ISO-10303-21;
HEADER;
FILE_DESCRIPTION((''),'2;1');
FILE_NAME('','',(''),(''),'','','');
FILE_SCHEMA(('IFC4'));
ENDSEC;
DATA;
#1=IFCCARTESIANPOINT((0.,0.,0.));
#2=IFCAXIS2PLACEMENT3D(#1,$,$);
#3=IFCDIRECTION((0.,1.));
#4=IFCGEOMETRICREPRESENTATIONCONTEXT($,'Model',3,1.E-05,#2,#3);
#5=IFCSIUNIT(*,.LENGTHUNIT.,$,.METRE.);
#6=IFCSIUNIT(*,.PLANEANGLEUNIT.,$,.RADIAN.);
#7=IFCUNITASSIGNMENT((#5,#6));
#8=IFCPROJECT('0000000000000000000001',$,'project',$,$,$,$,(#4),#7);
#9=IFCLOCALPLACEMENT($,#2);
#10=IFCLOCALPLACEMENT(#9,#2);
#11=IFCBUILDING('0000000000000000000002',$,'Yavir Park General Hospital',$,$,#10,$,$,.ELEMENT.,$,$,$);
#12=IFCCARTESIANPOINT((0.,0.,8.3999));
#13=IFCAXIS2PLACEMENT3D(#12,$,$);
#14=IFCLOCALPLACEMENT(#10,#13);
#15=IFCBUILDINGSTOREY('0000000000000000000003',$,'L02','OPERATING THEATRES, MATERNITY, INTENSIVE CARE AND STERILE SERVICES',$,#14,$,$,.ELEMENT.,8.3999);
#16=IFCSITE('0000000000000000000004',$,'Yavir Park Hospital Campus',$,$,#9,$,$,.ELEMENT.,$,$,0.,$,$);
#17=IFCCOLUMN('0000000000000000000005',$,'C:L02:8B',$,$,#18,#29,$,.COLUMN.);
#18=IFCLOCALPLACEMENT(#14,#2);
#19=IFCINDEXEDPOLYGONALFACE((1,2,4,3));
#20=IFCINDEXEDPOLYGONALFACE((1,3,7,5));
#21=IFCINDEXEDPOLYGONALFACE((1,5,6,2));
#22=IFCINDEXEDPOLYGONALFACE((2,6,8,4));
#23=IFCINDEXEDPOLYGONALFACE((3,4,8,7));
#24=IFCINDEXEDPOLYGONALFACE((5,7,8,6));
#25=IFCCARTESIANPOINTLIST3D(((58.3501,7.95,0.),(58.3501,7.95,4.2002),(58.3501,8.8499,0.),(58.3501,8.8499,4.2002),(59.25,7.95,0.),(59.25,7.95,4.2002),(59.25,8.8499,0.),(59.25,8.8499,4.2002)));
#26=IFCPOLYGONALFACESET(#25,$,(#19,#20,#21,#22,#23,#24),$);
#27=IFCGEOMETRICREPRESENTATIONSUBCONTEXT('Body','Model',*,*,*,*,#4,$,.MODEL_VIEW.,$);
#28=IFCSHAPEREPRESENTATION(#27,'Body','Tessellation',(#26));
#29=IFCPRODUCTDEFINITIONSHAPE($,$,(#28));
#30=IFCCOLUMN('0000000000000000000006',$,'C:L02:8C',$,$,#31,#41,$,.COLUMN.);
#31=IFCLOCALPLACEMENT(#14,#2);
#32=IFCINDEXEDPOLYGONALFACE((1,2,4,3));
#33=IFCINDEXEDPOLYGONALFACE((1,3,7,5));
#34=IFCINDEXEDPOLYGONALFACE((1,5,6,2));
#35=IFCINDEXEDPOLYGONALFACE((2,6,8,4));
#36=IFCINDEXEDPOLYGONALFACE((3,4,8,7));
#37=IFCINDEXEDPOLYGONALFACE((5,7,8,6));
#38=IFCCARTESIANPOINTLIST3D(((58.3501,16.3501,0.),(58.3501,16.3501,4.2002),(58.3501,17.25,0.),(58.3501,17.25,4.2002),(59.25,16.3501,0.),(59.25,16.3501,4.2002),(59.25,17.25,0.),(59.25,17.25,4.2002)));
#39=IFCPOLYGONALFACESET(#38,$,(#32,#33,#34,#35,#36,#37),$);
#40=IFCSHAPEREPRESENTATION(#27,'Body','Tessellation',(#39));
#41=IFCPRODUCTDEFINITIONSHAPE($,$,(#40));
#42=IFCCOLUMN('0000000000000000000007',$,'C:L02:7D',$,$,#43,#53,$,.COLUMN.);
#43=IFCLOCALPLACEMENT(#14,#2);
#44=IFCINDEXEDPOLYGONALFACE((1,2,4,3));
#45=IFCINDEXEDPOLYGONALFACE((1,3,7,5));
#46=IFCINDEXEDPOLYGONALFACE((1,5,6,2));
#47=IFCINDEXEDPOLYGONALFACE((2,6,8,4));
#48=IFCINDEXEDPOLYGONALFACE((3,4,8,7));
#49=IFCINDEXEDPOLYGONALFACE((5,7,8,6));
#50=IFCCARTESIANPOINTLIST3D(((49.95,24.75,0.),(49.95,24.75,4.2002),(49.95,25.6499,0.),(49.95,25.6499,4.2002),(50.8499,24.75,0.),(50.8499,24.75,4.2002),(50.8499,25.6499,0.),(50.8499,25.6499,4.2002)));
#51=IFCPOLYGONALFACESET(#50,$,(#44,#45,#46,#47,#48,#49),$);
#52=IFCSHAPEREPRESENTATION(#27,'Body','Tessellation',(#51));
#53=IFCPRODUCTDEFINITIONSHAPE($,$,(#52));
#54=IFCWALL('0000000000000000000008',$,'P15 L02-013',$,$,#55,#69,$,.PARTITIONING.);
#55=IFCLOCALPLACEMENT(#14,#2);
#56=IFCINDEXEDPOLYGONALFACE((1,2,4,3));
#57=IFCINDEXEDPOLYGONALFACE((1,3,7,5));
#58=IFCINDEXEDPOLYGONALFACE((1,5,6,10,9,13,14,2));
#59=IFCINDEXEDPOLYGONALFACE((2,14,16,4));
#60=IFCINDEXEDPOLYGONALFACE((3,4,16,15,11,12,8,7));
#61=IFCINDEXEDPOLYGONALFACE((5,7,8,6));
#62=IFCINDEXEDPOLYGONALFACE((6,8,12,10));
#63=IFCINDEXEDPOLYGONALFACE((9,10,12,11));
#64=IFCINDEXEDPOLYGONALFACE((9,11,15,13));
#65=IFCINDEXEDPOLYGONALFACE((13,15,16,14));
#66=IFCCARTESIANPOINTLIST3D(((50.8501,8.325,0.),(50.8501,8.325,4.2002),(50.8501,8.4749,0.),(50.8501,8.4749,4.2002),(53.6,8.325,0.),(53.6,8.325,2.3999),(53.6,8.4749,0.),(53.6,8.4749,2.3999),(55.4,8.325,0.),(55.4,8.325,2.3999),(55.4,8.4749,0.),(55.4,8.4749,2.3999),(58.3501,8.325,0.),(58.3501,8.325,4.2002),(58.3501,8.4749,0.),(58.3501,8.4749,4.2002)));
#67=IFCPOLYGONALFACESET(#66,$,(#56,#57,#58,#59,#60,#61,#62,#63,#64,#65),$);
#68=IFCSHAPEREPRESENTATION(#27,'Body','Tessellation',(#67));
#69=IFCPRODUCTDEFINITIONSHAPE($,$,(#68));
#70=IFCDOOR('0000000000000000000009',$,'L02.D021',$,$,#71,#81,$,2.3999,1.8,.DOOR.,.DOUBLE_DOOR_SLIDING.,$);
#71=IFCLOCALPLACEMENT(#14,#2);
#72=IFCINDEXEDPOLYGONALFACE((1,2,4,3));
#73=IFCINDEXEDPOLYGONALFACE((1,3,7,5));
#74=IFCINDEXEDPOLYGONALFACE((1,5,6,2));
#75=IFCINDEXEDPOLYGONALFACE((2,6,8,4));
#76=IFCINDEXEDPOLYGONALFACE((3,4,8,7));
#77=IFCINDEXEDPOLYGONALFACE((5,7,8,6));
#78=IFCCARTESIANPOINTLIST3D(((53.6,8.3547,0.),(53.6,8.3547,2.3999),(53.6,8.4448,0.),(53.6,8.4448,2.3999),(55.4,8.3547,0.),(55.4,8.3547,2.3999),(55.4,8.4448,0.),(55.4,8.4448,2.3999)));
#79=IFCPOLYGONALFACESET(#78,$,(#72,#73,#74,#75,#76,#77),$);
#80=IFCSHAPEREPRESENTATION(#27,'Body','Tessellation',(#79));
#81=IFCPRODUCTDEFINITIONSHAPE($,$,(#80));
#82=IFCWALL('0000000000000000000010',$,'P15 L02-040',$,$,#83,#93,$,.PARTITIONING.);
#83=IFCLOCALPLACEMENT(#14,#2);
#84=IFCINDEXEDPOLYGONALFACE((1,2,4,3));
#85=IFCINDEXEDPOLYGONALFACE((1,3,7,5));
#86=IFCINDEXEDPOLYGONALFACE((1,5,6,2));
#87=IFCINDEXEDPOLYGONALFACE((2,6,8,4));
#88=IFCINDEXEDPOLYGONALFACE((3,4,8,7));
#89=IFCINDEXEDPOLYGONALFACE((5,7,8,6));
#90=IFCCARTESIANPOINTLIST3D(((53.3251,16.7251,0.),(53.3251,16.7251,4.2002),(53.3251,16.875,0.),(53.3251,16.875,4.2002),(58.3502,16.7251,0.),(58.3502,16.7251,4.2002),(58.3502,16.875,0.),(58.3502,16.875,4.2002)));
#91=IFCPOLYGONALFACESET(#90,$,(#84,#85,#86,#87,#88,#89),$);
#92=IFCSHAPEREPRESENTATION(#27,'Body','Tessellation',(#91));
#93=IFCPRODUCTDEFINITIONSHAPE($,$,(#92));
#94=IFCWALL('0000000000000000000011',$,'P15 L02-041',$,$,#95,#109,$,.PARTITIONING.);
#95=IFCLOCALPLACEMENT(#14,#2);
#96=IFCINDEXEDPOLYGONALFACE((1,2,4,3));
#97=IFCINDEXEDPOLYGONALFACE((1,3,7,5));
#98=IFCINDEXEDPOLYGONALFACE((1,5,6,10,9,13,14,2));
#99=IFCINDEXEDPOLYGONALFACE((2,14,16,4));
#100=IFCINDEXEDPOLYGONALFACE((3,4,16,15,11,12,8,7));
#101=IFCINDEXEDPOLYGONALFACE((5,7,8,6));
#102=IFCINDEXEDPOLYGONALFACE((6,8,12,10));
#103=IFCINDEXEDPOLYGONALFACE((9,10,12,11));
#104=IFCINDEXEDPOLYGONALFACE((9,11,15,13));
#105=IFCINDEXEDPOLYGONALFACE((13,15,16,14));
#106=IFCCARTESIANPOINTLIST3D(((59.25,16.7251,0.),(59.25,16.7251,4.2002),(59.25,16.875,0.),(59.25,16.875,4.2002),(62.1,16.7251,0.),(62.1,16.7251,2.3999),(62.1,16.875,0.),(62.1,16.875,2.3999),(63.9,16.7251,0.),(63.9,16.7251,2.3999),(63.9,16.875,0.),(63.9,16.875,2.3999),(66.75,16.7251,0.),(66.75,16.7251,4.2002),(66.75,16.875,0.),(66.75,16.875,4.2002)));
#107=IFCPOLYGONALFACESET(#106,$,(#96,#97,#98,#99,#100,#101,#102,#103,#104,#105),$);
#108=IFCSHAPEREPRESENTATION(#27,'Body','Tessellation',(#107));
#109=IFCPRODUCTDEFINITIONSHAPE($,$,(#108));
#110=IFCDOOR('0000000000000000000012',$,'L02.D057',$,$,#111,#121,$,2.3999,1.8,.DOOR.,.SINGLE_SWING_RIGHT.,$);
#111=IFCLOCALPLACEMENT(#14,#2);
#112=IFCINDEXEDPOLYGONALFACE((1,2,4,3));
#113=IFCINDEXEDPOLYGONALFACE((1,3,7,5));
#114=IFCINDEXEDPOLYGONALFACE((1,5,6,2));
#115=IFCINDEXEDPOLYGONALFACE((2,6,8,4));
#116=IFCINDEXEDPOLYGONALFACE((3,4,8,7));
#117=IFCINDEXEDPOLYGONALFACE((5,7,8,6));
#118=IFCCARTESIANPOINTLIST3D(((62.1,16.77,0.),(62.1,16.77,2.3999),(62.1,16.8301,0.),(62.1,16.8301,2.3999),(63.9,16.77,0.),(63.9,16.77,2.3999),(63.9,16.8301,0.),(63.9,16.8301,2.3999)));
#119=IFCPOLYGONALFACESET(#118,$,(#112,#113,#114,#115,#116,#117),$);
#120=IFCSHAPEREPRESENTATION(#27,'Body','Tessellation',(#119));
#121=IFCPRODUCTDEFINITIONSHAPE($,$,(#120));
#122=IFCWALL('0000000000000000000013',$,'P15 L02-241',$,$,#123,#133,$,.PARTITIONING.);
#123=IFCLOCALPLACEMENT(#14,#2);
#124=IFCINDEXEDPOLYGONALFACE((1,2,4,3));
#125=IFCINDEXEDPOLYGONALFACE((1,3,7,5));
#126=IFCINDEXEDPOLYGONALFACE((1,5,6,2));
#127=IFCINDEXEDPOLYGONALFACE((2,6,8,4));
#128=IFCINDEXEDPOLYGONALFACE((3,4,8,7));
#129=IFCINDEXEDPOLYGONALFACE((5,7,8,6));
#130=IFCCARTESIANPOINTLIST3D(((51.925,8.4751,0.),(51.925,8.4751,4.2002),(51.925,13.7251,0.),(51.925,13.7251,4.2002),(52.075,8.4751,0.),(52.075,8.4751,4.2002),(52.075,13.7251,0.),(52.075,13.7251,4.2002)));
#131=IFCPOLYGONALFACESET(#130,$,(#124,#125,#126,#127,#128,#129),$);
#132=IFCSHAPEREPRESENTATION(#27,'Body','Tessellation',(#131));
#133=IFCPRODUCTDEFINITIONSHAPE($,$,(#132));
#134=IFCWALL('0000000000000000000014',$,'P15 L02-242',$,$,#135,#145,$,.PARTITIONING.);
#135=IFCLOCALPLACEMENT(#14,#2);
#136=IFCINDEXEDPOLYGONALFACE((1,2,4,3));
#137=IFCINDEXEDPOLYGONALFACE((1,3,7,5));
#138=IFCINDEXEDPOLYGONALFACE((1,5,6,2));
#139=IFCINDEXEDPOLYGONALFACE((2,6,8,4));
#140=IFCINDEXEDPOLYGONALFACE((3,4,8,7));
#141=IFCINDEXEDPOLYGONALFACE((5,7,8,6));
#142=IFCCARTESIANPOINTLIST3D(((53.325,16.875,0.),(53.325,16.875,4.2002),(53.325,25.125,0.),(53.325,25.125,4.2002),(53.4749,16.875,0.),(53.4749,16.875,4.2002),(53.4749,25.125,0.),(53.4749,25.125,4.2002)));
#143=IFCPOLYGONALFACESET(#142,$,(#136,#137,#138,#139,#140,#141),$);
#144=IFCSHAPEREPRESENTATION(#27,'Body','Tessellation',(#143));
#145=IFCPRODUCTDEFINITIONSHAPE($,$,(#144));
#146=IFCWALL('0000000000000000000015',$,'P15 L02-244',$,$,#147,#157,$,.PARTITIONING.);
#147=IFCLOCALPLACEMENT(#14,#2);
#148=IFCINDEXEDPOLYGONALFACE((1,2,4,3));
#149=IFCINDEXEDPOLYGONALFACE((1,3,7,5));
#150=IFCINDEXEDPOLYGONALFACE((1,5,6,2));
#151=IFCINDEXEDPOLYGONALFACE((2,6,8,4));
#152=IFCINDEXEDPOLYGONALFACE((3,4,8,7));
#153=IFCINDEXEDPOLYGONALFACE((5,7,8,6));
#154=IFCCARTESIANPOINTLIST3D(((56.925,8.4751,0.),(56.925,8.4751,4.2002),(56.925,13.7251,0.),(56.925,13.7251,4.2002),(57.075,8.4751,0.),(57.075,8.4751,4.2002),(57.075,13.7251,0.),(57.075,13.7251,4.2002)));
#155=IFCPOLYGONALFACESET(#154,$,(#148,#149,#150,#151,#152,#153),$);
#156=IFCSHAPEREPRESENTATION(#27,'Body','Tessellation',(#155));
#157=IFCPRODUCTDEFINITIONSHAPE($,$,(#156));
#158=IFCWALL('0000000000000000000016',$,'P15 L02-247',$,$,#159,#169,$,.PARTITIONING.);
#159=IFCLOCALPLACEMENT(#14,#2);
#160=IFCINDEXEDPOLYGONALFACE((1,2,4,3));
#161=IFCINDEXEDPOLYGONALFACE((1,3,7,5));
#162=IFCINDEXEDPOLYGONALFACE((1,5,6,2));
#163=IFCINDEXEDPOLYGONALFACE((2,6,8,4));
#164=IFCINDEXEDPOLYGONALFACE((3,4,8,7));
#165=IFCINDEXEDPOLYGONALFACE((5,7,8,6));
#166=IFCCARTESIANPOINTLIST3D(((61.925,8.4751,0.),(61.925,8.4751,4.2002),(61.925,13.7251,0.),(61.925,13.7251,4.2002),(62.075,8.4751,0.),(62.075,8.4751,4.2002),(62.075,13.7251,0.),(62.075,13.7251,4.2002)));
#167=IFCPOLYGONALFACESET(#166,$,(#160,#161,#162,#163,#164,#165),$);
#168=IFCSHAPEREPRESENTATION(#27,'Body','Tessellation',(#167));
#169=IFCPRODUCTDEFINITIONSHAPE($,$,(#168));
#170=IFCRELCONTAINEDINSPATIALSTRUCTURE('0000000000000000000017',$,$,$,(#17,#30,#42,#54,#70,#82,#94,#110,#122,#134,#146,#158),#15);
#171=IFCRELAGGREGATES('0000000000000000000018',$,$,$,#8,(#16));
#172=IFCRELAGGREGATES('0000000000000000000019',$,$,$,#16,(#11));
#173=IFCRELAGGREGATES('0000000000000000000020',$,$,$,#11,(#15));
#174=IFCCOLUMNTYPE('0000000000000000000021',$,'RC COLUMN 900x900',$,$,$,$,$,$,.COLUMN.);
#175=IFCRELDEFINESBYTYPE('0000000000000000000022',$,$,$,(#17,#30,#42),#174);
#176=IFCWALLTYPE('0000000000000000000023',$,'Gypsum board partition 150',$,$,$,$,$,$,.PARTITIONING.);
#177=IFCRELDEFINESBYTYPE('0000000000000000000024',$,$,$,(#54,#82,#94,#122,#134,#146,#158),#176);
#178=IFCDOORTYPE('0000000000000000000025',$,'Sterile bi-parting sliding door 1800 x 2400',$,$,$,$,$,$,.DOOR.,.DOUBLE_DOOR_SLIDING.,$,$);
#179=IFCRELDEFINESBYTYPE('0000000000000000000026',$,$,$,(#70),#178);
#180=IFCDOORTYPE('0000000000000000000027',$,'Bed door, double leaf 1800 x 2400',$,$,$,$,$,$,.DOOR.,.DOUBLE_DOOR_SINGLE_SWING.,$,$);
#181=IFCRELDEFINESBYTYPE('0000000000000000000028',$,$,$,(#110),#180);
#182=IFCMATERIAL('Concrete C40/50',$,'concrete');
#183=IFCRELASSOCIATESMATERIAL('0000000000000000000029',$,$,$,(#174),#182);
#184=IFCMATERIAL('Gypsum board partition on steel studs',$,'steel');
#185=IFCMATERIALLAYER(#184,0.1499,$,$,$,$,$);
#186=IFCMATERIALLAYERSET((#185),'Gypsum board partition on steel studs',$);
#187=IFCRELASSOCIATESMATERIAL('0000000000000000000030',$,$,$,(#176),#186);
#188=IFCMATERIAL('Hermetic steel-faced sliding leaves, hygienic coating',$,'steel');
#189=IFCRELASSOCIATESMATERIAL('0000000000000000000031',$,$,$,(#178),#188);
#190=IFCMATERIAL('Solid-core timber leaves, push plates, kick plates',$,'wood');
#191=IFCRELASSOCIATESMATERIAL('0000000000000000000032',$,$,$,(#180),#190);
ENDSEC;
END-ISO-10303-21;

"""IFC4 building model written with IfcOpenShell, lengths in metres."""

from ifc_helpers import new_model, si_unit, direction, frame, frame_2d, origin, origin_2d, place, context, subcontext, project, spatial, rectangle, extrude, material, layer, layer_set, material_profile, profile_set, type_object, element, fill, save


model = new_model("IFC4")

# Units and contexts
model_context = context("Model", 3, precision=1e-05, world=origin(), true_north=direction((0.0, 1.0)))
body_context = subcontext(model_context, "Body", "Model", "MODEL_VIEW")
ifc_project = project(units=[si_unit("LENGTHUNIT", "METRE"), si_unit("PLANEANGLEUNIT", "RADIAN")], contexts=[model_context])

# Site, building, storey
site_placement = place(None, origin())
site = spatial("IfcSite", under=ifc_project, at=site_placement, Name="Yavir Park Hospital Campus", CompositionType="ELEMENT", RefElevation=0.0)
building_placement = place(site_placement, origin())
building = spatial("IfcBuilding", under=site, at=building_placement, Name="Yavir Park General Hospital", CompositionType="ELEMENT")
storey_placement = place(building_placement, frame((0.0, 0.0, 8.3999)))
storey = spatial("IfcBuildingStorey", under=building, at=storey_placement, Name="L02", Description="OPERATING THEATRES, MATERNITY, INTENSIVE CARE AND STERILE SERVICES", CompositionType="ELEMENT", Elevation=8.3999)

# Columns
ifc_material_1 = material(Name="Concrete C40/50", Category="concrete")
ifc_material_profile = material_profile(ifc_material_1, rectangle(XDim=0.8999, YDim=0.8999, at=origin_2d()), Name="RC900x900")
ifc_profile_set = profile_set([ifc_material_profile], Name="Concrete C40/50")
column_type = type_object("IfcColumnType", Name="RC COLUMN 900x900", PredefinedType="COLUMN", material=ifc_profile_set)
for number, where, z_axis, x_axis, name in (
    (1, (58.8, 8.3999, 0.0), (0.0, 0.0, 1.0), (1.0, 0.0, 0.0), "C:L02:8B"),
    (2, (58.8, 16.8, 0.0), (0.0, 0.0, 1.0), (1.0, 0.0, 0.0), "C:L02:8C"),
    (3, (50.3999, 25.2, 0.0), (0.0, 0.0, 1.0), (1.0, 0.0, 0.0), "C:L02:7D"),
):
    element("IfcColumn", number, at=place(storey_placement, frame(where, z_axis=z_axis, x_axis=x_axis)), inside=storey, type_object=column_type, Name=name, PredefinedType="COLUMN", context=body_context, shape_type="SweptSolid", body=[
        extrude(rectangle(XDim=0.8999, YDim=0.8999, at=origin_2d()), origin(), (0.0, 0.0, 1.0), 4.2002),
    ])

# Wall, opening, door
ifc_material_2 = material(Name="Gypsum board partition on steel studs", Category="steel")
ifc_layer = layer(ifc_material_2, 0.1499)
ifc_layer_set = layer_set([ifc_layer], Name="Gypsum board partition on steel studs")
wall_type = type_object("IfcWallType", Name="Gypsum board partition 150", PredefinedType="PARTITIONING", material=ifc_layer_set)
wall_1_placement = place(storey_placement, frame((50.8501, 8.3999, 0.0), z_axis=(0.0, 0.0, 1.0), x_axis=(1.0, 0.0, 0.0)))
wall_1 = element("IfcWall", 4, at=wall_1_placement, inside=storey, type_object=wall_type, Name="P15 L02-013", PredefinedType="PARTITIONING", context=body_context, shape_type="SweptSolid", body=[
    extrude(rectangle(XDim=7.5, YDim=0.1499, at=frame_2d((3.75, 0.0))), origin(), (0.0, 0.0, 1.0), 4.2002),
])
opening_1_placement = place(wall_1_placement, frame((2.75, 0.0, 0.0)))
opening_1 = element("IfcOpeningElement", 5, at=opening_1_placement, cuts=wall_1, PredefinedType="OPENING", context=body_context, shape_type="SweptSolid", body=[
    extrude(rectangle(XDim=1.8, YDim=2.3999, at=frame_2d((0.8999, 1.2))), frame((0.0, 0.085, 0.0), z_axis=(0.0, -1.0, 0.0), x_axis=(1.0, 0.0, 0.0)), (0.0, 0.0, 1.0), 0.1699),
])
ifc_material_3 = material(Name="Hermetic steel-faced sliding leaves, hygienic coating", Category="steel")
door_type_1 = type_object("IfcDoorType", Name="Sterile bi-parting sliding door 1800 x 2400", OperationType="DOUBLE_DOOR_SLIDING", PredefinedType="DOOR", material=ifc_material_3)
door_1_placement = place(opening_1_placement, origin())
door_1 = element("IfcDoor", 6, at=door_1_placement, inside=storey, type_object=door_type_1, Name="L02.D021", OperationType="DOUBLE_DOOR_SLIDING", OverallHeight=2.3999, OverallWidth=1.8, PredefinedType="DOOR", context=body_context, shape_type="SweptSolid", body=[
    extrude(rectangle(XDim=1.8, YDim=2.3999, at=frame_2d((0.8999, 1.2))), frame((0.0, 0.0449, 0.0), z_axis=(0.0, -1.0, 0.0), x_axis=(1.0, 0.0, 0.0)), (0.0, 0.0, 1.0), 0.0901),
])
fill(opening_1, door_1)

# Wall
wall_2_placement = place(storey_placement, frame((53.325, 16.8, 0.0), z_axis=(0.0, 0.0, 1.0), x_axis=(1.0, 0.0, 0.0)))
element("IfcWall", 7, at=wall_2_placement, inside=storey, type_object=wall_type, Name="P15 L02-040", PredefinedType="PARTITIONING", context=body_context, shape_type="SweptSolid", body=[
    extrude(rectangle(XDim=5.0251, YDim=0.1499, at=frame_2d((2.5127, 0.0))), origin(), (0.0, 0.0, 1.0), 4.2002),
])

# Wall, opening, door
wall_3_placement = place(storey_placement, frame((59.25, 16.8, 0.0), z_axis=(0.0, 0.0, 1.0), x_axis=(1.0, 0.0, 0.0)))
wall_3 = element("IfcWall", 8, at=wall_3_placement, inside=storey, type_object=wall_type, Name="P15 L02-041", PredefinedType="PARTITIONING", context=body_context, shape_type="SweptSolid", body=[
    extrude(rectangle(XDim=7.5, YDim=0.1499, at=frame_2d((3.75, 0.0))), origin(), (0.0, 0.0, 1.0), 4.2002),
])
opening_2_placement = place(wall_3_placement, frame((2.8501, 0.0, 0.0)))
opening_2 = element("IfcOpeningElement", 9, at=opening_2_placement, cuts=wall_3, PredefinedType="OPENING", context=body_context, shape_type="SweptSolid", body=[
    extrude(rectangle(XDim=1.8, YDim=2.3999, at=frame_2d((0.8999, 1.2))), frame((0.0, 0.085, 0.0), z_axis=(0.0, -1.0, 0.0), x_axis=(1.0, 0.0, 0.0)), (0.0, 0.0, 1.0), 0.1699),
])
ifc_material_4 = material(Name="Solid-core timber leaves, push plates, kick plates", Category="wood")
door_type_2 = type_object("IfcDoorType", Name="Bed door, double leaf 1800 x 2400", OperationType="DOUBLE_DOOR_SINGLE_SWING", PredefinedType="DOOR", material=ifc_material_4)
door_2_placement = place(opening_2_placement, origin())
door_2 = element("IfcDoor", 10, at=door_2_placement, inside=storey, type_object=door_type_2, Name="L02.D057", OperationType="SINGLE_SWING_RIGHT", OverallHeight=2.3999, OverallWidth=1.8, PredefinedType="DOOR", context=body_context, shape_type="SweptSolid", body=[
    extrude(rectangle(XDim=1.8, YDim=2.3999, at=frame_2d((0.8999, 1.2))), frame((0.0, 0.03, 0.0), z_axis=(0.0, -1.0, 0.0), x_axis=(1.0, 0.0, 0.0)), (0.0, 0.0, 1.0), 0.0601),
])
fill(opening_2, door_2)

# Walls
wall_4_placement = place(storey_placement, frame((52.0, 8.4751, 0.0), z_axis=(0.0, 0.0, 1.0), x_axis=(0.0, 1.0, 0.0)))
element("IfcWall", 11, at=wall_4_placement, inside=storey, type_object=wall_type, Name="P15 L02-241", PredefinedType="PARTITIONING", context=body_context, shape_type="SweptSolid", body=[
    extrude(rectangle(XDim=5.25, YDim=0.1499, at=frame_2d((2.625, 0.0))), origin(), (0.0, 0.0, 1.0), 4.2002),
])
wall_5_placement = place(storey_placement, frame((53.3999, 16.875, 0.0), z_axis=(0.0, 0.0, 1.0), x_axis=(0.0, 1.0, 0.0)))
element("IfcWall", 12, at=wall_5_placement, inside=storey, type_object=wall_type, Name="P15 L02-242", PredefinedType="PARTITIONING", context=body_context, shape_type="SweptSolid", body=[
    extrude(rectangle(XDim=8.25, YDim=0.1499, at=frame_2d((4.125, 0.0))), origin(), (0.0, 0.0, 1.0), 4.2002),
])
for number, where, z_axis, x_axis, name in (
    (13, (57.0, 8.4751, 0.0), (0.0, 0.0, 1.0), (0.0, 1.0, 0.0), "P15 L02-244"),
    (14, (62.0, 8.4751, 0.0), (0.0, 0.0, 1.0), (0.0, 1.0, 0.0), "P15 L02-247"),
):
    element("IfcWall", number, at=place(storey_placement, frame(where, z_axis=z_axis, x_axis=x_axis)), inside=storey, type_object=wall_type, Name=name, PredefinedType="PARTITIONING", context=body_context, shape_type="SweptSolid", body=[
        extrude(rectangle(XDim=5.25, YDim=0.1499, at=frame_2d((2.625, 0.0))), origin(), (0.0, 0.0, 1.0), 4.2002),
    ])

save(model, "model.ifc")
